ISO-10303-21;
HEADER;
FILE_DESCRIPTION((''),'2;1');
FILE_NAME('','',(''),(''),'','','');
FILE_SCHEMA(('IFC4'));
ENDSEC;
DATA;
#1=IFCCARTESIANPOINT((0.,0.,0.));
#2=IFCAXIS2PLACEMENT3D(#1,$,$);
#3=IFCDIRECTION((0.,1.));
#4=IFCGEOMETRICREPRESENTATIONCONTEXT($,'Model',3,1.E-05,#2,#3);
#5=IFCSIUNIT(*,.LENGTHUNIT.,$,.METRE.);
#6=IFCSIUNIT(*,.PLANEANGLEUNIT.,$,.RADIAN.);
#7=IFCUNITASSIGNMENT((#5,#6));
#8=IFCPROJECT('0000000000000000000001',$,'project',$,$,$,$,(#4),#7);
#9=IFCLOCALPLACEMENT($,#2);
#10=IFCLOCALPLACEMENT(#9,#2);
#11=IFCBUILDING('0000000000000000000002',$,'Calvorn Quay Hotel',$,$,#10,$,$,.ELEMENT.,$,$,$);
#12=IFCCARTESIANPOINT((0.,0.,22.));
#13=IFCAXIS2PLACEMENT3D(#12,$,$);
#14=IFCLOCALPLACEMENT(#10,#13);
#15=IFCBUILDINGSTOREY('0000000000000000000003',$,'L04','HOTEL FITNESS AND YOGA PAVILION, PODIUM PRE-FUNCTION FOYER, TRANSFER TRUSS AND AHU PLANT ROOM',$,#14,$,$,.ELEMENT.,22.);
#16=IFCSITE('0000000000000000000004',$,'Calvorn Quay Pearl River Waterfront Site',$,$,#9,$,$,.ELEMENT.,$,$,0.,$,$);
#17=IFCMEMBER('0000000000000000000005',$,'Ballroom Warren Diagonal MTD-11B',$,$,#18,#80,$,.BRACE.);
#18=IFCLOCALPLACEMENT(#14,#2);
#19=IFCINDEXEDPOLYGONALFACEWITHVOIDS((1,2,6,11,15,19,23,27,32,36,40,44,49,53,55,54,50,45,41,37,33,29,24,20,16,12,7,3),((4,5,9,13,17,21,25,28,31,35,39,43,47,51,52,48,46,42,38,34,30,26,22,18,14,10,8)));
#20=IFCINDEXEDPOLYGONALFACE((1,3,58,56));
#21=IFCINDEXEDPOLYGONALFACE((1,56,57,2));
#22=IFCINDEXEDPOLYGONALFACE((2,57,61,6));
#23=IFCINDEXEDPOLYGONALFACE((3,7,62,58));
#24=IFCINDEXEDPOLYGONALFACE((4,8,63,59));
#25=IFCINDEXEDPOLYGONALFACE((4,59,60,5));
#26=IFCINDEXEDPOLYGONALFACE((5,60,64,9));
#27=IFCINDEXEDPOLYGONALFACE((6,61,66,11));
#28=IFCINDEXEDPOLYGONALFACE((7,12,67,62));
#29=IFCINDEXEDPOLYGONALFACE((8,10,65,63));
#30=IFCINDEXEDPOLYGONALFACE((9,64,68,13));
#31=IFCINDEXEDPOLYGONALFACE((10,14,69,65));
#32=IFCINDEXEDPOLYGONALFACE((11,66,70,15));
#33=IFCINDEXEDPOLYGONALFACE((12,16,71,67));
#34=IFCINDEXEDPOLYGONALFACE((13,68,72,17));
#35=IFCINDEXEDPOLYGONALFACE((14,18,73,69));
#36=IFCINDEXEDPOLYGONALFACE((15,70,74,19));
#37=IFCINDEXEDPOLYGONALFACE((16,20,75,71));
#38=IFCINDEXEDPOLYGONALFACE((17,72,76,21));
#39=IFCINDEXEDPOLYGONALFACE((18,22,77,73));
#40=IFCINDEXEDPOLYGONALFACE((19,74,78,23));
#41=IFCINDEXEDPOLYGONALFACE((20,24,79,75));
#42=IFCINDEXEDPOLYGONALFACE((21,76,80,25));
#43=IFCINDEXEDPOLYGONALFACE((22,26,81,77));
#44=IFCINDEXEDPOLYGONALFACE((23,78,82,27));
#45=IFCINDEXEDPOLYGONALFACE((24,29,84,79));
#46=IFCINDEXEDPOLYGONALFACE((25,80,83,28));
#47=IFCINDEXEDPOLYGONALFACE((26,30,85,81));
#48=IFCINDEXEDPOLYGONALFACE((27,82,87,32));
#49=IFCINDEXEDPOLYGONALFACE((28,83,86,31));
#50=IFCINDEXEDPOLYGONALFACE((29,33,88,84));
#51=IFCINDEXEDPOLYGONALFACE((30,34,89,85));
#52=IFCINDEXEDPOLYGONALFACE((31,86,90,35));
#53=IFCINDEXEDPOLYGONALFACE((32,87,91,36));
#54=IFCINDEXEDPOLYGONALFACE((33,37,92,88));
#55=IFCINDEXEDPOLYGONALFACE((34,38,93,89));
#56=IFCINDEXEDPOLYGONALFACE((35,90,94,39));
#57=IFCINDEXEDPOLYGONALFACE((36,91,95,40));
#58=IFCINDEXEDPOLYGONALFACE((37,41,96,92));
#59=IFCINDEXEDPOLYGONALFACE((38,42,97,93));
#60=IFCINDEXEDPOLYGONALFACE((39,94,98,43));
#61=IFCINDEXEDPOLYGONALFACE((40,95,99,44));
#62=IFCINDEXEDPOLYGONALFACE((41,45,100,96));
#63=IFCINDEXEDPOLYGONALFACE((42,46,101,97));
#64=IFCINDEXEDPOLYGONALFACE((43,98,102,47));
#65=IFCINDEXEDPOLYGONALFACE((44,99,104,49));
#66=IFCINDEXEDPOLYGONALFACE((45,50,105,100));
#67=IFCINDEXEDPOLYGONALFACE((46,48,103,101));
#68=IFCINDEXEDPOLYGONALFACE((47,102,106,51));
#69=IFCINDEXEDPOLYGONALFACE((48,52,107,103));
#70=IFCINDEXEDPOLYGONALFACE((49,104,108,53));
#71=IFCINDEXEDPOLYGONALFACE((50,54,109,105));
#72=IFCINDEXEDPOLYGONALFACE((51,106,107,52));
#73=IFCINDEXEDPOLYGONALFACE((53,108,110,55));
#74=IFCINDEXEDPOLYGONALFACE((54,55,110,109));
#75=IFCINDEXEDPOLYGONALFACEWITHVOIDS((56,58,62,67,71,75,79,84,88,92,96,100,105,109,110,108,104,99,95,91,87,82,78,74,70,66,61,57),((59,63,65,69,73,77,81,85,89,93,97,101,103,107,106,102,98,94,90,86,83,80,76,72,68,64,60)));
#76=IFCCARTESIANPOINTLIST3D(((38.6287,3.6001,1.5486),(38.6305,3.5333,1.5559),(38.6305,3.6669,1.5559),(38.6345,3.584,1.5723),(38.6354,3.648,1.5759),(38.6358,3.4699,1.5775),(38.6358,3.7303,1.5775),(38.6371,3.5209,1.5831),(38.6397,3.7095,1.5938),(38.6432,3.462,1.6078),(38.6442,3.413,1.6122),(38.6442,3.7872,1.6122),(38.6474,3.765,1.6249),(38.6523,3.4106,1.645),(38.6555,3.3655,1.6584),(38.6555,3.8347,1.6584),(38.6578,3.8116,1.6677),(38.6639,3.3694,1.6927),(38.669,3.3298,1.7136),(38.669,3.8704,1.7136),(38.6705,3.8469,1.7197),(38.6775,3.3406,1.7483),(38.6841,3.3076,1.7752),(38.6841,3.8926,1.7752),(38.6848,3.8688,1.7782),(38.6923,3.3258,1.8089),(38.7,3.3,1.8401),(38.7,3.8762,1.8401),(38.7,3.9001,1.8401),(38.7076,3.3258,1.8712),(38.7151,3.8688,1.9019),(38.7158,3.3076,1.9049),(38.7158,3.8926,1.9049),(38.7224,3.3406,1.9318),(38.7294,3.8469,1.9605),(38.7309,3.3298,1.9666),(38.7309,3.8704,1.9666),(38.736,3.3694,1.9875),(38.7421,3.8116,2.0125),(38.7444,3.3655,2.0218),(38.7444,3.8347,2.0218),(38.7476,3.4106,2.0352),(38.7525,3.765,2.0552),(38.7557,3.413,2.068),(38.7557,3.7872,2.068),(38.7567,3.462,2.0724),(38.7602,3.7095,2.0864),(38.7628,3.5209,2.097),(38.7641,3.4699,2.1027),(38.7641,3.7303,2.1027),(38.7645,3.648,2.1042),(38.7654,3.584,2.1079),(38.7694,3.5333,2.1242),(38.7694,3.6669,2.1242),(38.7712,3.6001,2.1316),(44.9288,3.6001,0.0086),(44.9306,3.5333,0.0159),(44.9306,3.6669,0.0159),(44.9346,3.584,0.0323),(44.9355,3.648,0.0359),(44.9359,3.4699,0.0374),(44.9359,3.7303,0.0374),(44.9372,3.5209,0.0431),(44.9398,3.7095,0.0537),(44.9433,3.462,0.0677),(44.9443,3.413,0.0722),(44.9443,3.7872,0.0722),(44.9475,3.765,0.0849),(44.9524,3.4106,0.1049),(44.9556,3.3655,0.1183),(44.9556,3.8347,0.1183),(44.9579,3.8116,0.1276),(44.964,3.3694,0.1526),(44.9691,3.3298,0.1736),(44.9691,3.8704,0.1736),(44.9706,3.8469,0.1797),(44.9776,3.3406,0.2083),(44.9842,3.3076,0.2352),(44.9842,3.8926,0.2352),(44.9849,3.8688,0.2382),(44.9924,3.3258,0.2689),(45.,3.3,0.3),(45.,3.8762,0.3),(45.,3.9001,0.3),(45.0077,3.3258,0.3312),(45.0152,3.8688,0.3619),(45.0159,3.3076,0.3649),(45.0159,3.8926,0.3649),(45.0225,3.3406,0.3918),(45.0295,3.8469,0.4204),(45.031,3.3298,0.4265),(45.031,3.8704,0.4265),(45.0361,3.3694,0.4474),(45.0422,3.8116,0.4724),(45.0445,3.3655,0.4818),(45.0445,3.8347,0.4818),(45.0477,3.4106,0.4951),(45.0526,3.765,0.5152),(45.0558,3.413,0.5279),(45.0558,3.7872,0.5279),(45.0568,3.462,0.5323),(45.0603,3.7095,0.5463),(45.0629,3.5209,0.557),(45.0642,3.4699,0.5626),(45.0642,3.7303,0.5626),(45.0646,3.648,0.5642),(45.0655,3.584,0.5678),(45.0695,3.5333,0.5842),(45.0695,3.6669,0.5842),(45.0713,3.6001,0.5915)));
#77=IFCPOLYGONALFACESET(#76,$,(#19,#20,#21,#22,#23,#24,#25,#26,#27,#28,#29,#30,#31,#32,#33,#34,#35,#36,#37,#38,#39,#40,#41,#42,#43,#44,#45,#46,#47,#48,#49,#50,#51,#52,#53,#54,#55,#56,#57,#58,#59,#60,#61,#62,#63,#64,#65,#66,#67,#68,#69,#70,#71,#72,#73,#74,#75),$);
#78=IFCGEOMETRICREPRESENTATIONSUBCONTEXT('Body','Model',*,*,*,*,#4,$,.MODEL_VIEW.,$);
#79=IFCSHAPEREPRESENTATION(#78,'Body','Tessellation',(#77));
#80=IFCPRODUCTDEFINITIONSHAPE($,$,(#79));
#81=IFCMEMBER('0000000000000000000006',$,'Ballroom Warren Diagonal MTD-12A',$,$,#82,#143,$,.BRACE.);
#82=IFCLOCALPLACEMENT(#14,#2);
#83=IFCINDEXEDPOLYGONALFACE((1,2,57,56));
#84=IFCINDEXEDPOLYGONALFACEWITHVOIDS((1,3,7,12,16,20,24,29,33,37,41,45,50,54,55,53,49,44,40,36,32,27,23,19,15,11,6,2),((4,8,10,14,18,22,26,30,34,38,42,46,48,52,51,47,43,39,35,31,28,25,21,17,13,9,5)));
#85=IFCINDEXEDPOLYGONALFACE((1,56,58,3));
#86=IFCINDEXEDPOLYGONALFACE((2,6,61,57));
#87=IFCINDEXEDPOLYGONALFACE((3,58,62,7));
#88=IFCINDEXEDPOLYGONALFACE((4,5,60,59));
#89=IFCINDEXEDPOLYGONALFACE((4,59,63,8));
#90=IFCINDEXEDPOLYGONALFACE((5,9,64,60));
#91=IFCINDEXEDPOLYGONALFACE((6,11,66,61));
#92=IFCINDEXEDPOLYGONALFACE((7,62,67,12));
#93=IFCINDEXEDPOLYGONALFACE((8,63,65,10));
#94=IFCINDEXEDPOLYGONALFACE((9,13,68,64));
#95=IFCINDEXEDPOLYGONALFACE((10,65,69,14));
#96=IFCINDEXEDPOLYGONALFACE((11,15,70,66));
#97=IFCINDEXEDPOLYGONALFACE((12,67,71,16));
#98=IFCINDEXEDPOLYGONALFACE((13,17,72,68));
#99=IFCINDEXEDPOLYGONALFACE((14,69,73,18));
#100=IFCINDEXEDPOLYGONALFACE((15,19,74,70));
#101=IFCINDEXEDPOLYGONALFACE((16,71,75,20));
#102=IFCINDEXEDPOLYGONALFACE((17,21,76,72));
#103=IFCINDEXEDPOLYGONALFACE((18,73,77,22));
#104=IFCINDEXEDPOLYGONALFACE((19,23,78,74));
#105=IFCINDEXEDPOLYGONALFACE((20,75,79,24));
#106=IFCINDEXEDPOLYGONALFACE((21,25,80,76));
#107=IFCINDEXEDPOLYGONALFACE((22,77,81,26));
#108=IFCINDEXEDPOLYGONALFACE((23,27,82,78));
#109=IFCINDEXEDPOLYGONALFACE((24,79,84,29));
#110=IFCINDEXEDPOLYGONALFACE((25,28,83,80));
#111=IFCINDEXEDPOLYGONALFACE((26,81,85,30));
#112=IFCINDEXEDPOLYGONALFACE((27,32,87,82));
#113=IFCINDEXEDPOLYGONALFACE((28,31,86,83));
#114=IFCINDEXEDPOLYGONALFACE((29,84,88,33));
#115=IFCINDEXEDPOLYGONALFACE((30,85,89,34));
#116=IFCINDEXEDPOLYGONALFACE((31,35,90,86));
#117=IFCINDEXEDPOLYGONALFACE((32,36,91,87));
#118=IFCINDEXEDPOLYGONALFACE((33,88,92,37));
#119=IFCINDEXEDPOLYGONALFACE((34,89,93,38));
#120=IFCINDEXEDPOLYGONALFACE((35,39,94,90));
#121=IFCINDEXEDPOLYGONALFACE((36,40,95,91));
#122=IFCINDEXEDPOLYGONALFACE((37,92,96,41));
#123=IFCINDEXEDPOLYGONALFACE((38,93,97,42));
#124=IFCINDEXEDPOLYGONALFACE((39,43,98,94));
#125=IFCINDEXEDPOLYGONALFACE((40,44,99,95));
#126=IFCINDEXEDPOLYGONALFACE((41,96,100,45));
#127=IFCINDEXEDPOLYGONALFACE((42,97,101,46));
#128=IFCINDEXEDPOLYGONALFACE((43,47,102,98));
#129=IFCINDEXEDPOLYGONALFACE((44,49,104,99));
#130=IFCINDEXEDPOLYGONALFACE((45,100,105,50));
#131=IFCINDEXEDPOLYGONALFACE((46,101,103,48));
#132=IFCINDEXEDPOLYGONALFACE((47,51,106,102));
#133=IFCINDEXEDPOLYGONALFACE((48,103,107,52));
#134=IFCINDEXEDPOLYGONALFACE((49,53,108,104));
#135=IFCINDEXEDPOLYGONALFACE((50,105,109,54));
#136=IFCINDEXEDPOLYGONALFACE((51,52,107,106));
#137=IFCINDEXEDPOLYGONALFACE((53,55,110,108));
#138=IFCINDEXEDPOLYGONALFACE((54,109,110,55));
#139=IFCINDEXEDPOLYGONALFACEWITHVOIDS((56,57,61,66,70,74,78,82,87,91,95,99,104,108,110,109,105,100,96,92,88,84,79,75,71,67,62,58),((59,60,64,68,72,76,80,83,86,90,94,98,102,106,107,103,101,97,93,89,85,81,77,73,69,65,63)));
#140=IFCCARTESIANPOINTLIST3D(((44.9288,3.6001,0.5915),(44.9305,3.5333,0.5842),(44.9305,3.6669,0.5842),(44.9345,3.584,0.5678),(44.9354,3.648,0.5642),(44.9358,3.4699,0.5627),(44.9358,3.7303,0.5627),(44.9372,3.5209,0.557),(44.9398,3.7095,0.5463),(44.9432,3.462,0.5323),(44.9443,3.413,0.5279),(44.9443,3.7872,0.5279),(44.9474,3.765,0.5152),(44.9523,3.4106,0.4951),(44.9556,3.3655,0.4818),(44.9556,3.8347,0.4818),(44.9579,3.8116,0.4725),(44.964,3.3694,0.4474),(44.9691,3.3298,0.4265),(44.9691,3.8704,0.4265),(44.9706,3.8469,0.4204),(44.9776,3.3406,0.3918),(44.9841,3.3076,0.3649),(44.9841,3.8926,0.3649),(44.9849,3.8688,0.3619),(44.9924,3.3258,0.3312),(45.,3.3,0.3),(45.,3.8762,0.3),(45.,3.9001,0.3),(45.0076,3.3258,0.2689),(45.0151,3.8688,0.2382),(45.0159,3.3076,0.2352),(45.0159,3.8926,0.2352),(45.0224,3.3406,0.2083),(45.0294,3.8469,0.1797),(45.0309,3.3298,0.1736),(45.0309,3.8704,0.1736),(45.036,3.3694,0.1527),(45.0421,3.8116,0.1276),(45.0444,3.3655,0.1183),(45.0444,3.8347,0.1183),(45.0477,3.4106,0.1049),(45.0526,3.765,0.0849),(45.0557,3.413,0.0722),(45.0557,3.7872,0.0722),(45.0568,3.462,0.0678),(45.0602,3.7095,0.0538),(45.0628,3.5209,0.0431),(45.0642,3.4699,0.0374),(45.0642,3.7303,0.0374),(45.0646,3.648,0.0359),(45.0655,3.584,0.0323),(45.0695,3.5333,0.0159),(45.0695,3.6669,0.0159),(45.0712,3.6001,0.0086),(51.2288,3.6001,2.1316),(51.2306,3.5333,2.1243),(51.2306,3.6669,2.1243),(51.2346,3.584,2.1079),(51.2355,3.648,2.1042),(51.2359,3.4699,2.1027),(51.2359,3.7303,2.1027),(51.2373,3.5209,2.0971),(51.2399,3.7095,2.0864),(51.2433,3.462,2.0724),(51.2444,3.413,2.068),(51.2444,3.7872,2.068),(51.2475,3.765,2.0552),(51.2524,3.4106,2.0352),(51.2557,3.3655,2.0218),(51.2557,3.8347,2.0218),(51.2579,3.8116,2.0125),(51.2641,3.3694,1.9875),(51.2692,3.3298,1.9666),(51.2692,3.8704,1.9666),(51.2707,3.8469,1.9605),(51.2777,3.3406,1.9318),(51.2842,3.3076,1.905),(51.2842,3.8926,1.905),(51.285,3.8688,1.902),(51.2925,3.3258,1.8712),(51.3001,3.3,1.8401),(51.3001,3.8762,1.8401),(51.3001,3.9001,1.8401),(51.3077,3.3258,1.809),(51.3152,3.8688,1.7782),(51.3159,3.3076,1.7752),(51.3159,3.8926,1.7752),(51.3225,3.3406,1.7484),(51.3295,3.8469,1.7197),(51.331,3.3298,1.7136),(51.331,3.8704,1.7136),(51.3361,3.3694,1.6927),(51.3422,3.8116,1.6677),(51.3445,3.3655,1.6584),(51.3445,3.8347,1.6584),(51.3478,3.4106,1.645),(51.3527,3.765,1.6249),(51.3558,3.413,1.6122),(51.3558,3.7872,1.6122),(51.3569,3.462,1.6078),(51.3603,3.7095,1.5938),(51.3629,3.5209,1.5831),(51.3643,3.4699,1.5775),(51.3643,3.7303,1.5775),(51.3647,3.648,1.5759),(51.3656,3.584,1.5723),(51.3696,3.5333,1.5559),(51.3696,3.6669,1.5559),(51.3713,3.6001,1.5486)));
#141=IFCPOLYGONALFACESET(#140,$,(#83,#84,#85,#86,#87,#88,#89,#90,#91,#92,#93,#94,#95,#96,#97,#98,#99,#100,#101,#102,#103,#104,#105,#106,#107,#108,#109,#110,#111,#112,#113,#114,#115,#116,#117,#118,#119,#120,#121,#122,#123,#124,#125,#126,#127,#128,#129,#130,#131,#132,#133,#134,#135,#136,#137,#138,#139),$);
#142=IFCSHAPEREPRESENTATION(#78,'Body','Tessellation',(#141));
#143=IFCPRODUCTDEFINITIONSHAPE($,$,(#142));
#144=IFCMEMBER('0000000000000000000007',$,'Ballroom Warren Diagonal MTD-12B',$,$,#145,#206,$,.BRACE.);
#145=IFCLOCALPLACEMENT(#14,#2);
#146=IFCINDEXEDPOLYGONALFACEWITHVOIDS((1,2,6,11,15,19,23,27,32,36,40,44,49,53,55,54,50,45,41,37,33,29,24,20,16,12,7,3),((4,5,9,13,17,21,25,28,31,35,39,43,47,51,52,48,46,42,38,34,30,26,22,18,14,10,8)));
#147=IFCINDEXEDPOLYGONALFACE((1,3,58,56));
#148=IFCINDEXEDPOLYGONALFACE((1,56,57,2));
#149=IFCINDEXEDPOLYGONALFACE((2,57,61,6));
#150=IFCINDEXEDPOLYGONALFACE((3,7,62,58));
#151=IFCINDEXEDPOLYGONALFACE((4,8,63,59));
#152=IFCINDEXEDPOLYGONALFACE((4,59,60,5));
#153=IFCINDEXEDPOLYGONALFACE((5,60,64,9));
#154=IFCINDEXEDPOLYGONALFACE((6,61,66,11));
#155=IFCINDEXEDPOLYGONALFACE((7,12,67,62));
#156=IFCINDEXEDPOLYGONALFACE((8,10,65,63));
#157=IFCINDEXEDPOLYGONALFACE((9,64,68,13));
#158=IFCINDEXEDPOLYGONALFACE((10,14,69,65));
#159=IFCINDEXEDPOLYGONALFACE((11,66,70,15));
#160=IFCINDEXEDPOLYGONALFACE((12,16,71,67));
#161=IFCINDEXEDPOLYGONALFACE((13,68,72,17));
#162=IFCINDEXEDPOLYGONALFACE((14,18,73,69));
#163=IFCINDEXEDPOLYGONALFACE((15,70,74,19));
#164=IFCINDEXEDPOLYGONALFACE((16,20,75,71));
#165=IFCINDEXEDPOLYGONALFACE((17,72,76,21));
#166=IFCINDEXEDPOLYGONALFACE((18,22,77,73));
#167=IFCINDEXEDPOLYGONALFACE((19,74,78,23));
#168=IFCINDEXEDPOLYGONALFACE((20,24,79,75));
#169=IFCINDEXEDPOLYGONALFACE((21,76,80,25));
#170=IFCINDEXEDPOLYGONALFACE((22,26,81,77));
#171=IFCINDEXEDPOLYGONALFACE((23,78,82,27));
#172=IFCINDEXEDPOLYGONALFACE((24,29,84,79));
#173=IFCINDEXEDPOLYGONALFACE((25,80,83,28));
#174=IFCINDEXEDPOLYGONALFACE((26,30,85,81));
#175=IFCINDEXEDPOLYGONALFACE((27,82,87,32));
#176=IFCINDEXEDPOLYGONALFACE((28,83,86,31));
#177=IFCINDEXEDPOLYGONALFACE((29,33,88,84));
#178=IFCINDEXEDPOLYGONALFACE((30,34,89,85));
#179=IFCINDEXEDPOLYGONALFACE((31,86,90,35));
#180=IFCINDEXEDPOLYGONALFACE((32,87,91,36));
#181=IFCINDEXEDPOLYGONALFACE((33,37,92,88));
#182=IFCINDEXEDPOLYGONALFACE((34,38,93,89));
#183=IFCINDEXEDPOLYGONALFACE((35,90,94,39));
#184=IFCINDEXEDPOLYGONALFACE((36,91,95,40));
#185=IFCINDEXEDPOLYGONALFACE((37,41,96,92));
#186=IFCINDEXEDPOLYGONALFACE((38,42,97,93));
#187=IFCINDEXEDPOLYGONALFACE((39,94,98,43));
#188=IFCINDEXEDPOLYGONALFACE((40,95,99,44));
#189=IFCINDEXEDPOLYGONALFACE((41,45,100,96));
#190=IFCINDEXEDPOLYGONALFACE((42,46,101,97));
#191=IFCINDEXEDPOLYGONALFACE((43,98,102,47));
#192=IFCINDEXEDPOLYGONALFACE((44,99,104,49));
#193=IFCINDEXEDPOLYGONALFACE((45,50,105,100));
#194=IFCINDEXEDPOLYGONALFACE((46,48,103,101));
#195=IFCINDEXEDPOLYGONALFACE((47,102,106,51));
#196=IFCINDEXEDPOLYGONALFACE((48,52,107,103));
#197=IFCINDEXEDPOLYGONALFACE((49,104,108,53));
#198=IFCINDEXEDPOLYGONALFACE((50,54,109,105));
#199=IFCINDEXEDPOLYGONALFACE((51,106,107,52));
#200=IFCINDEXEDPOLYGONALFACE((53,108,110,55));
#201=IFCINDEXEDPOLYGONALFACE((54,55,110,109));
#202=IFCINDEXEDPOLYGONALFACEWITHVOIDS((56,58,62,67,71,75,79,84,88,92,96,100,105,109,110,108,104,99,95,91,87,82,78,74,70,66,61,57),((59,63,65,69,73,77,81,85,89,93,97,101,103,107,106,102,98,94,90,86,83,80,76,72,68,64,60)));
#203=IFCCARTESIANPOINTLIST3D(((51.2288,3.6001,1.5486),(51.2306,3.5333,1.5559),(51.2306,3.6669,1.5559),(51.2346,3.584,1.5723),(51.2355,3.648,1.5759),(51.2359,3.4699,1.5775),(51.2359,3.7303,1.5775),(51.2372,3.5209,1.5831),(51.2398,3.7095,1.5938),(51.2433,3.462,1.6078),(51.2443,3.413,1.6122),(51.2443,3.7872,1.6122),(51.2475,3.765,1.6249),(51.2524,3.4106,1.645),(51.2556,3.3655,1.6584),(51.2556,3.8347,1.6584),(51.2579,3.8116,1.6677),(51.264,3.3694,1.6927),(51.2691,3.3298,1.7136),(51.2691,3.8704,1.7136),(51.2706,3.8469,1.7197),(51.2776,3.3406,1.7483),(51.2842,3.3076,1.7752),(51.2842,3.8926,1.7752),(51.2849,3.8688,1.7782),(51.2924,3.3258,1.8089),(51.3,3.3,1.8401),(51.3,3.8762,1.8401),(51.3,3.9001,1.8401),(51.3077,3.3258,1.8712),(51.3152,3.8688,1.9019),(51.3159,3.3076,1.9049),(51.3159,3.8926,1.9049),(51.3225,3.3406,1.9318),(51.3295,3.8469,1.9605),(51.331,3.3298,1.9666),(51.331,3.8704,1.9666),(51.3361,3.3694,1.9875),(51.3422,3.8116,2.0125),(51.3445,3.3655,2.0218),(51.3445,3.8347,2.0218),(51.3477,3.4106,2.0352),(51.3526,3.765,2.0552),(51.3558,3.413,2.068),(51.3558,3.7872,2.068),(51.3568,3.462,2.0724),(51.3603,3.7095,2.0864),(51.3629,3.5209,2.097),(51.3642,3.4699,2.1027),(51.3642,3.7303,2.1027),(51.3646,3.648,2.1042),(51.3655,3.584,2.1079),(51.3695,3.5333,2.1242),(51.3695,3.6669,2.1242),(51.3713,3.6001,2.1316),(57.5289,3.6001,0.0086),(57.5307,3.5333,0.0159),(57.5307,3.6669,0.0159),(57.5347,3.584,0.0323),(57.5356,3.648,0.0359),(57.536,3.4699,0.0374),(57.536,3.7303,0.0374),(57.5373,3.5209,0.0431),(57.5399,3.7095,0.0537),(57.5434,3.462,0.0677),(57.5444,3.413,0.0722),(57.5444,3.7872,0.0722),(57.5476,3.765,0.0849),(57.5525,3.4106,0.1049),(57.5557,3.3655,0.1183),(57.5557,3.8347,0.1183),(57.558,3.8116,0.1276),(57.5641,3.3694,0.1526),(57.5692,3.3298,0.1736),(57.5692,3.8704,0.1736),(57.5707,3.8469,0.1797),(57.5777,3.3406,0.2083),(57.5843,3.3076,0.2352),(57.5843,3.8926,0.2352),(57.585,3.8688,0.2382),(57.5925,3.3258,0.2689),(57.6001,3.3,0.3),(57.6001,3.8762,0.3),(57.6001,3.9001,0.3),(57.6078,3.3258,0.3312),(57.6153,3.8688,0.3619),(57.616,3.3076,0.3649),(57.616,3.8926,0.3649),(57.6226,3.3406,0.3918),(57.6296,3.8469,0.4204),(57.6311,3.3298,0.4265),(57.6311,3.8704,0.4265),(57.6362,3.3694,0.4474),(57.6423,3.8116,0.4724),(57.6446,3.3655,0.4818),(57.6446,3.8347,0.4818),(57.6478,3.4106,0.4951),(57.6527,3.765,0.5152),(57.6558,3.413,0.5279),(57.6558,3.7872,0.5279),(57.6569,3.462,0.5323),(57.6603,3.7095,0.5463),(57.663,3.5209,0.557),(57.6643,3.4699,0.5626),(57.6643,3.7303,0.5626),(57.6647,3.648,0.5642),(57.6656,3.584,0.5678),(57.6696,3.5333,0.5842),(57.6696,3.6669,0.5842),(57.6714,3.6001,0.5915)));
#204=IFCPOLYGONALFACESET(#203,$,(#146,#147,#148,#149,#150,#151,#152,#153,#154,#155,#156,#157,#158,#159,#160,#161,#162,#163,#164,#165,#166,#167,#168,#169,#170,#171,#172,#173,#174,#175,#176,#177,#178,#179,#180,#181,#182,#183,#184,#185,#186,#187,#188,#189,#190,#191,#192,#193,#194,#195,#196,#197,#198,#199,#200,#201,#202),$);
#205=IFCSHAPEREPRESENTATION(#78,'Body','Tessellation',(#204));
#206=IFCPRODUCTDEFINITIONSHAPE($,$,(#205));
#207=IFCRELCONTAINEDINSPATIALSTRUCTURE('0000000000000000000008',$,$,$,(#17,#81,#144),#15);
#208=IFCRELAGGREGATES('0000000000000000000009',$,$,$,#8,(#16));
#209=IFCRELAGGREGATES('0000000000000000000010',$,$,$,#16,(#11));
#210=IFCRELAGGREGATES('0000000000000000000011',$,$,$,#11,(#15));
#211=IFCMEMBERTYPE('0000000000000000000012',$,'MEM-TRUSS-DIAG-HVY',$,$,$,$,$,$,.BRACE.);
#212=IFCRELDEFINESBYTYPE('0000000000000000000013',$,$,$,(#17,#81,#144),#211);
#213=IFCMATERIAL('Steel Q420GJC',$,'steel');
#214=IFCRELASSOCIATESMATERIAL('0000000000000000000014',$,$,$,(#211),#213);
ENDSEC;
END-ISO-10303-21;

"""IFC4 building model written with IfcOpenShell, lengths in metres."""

from ifc_helpers import new_model, si_unit, direction, frame, origin, origin_2d, place, context, subcontext, project, spatial, hollow_circle, extrude, material, material_profile, profile_set, type_object, element, save


model = new_model("IFC4")

# Units and contexts
model_context = context("Model", 3, precision=1e-05, world=origin(), true_north=direction((0.0, 1.0)))
body_context = subcontext(model_context, "Body", "Model", "MODEL_VIEW")
ifc_project = project(units=[si_unit("LENGTHUNIT", "METRE"), si_unit("PLANEANGLEUNIT", "RADIAN")], contexts=[model_context])

# Site, building, storey
site_placement = place(None, origin())
site = spatial("IfcSite", under=ifc_project, at=site_placement, Name="Calvorn Quay Pearl River Waterfront Site", CompositionType="ELEMENT", RefElevation=0.0)
building_placement = place(site_placement, origin())
building = spatial("IfcBuilding", under=site, at=building_placement, Name="Calvorn Quay Hotel", CompositionType="ELEMENT")
storey_placement = place(building_placement, frame((0.0, 0.0, 22.0)))
storey = spatial("IfcBuildingStorey", under=building, at=storey_placement, Name="L04", Description="HOTEL FITNESS AND YOGA PAVILION, PODIUM PRE-FUNCTION FOYER, TRANSFER TRUSS AND AHU PLANT ROOM", CompositionType="ELEMENT", Elevation=22.0)

# Members
ifc_material_1 = material(Name="Steel Q420GJC", Category="steel")
ifc_material_profile_1 = material_profile(ifc_material_1, hollow_circle(Radius=0.3, WallThickness=0.0239, at=origin_2d()), Name="CHS600x24")
ifc_profile_set_1 = profile_set([ifc_material_profile_1], Name="Steel Q420GJC")
member_type_1 = type_object("IfcMemberType", Name="MEM-TRUSS-DIAG-HVY", PredefinedType="BRACE", material=ifc_profile_set_1)
for number, where, z_axis, x_axis, name in (
    (1, (38.7, 3.6001, 1.8401), (0.971398, 0.0, -0.237457), (0.0, 1.0, 0.0), "Ballroom Warren Diagonal MTD-11B"),
    (2, (45.0, 3.6001, 0.3), (0.971398, 0.0, 0.237457), (0.0, 1.0, 0.0), "Ballroom Warren Diagonal MTD-12A"),
    (3, (51.3, 3.6001, 1.8401), (0.971398, 0.0, -0.237457), (0.0, 1.0, 0.0), "Ballroom Warren Diagonal MTD-12B"),
):
    element("IfcMember", number, at=place(storey_placement, frame(where, z_axis=z_axis, x_axis=x_axis)), inside=storey, type_object=member_type_1, Name=name, PredefinedType="BRACE", context=body_context, shape_type="SweptSolid", body=[
        extrude(hollow_circle(Radius=0.3, WallThickness=0.0239, at=origin_2d()), origin(), (0.0, 0.0, 1.0), 6.4856),
    ])

save(model, "model.ifc")
